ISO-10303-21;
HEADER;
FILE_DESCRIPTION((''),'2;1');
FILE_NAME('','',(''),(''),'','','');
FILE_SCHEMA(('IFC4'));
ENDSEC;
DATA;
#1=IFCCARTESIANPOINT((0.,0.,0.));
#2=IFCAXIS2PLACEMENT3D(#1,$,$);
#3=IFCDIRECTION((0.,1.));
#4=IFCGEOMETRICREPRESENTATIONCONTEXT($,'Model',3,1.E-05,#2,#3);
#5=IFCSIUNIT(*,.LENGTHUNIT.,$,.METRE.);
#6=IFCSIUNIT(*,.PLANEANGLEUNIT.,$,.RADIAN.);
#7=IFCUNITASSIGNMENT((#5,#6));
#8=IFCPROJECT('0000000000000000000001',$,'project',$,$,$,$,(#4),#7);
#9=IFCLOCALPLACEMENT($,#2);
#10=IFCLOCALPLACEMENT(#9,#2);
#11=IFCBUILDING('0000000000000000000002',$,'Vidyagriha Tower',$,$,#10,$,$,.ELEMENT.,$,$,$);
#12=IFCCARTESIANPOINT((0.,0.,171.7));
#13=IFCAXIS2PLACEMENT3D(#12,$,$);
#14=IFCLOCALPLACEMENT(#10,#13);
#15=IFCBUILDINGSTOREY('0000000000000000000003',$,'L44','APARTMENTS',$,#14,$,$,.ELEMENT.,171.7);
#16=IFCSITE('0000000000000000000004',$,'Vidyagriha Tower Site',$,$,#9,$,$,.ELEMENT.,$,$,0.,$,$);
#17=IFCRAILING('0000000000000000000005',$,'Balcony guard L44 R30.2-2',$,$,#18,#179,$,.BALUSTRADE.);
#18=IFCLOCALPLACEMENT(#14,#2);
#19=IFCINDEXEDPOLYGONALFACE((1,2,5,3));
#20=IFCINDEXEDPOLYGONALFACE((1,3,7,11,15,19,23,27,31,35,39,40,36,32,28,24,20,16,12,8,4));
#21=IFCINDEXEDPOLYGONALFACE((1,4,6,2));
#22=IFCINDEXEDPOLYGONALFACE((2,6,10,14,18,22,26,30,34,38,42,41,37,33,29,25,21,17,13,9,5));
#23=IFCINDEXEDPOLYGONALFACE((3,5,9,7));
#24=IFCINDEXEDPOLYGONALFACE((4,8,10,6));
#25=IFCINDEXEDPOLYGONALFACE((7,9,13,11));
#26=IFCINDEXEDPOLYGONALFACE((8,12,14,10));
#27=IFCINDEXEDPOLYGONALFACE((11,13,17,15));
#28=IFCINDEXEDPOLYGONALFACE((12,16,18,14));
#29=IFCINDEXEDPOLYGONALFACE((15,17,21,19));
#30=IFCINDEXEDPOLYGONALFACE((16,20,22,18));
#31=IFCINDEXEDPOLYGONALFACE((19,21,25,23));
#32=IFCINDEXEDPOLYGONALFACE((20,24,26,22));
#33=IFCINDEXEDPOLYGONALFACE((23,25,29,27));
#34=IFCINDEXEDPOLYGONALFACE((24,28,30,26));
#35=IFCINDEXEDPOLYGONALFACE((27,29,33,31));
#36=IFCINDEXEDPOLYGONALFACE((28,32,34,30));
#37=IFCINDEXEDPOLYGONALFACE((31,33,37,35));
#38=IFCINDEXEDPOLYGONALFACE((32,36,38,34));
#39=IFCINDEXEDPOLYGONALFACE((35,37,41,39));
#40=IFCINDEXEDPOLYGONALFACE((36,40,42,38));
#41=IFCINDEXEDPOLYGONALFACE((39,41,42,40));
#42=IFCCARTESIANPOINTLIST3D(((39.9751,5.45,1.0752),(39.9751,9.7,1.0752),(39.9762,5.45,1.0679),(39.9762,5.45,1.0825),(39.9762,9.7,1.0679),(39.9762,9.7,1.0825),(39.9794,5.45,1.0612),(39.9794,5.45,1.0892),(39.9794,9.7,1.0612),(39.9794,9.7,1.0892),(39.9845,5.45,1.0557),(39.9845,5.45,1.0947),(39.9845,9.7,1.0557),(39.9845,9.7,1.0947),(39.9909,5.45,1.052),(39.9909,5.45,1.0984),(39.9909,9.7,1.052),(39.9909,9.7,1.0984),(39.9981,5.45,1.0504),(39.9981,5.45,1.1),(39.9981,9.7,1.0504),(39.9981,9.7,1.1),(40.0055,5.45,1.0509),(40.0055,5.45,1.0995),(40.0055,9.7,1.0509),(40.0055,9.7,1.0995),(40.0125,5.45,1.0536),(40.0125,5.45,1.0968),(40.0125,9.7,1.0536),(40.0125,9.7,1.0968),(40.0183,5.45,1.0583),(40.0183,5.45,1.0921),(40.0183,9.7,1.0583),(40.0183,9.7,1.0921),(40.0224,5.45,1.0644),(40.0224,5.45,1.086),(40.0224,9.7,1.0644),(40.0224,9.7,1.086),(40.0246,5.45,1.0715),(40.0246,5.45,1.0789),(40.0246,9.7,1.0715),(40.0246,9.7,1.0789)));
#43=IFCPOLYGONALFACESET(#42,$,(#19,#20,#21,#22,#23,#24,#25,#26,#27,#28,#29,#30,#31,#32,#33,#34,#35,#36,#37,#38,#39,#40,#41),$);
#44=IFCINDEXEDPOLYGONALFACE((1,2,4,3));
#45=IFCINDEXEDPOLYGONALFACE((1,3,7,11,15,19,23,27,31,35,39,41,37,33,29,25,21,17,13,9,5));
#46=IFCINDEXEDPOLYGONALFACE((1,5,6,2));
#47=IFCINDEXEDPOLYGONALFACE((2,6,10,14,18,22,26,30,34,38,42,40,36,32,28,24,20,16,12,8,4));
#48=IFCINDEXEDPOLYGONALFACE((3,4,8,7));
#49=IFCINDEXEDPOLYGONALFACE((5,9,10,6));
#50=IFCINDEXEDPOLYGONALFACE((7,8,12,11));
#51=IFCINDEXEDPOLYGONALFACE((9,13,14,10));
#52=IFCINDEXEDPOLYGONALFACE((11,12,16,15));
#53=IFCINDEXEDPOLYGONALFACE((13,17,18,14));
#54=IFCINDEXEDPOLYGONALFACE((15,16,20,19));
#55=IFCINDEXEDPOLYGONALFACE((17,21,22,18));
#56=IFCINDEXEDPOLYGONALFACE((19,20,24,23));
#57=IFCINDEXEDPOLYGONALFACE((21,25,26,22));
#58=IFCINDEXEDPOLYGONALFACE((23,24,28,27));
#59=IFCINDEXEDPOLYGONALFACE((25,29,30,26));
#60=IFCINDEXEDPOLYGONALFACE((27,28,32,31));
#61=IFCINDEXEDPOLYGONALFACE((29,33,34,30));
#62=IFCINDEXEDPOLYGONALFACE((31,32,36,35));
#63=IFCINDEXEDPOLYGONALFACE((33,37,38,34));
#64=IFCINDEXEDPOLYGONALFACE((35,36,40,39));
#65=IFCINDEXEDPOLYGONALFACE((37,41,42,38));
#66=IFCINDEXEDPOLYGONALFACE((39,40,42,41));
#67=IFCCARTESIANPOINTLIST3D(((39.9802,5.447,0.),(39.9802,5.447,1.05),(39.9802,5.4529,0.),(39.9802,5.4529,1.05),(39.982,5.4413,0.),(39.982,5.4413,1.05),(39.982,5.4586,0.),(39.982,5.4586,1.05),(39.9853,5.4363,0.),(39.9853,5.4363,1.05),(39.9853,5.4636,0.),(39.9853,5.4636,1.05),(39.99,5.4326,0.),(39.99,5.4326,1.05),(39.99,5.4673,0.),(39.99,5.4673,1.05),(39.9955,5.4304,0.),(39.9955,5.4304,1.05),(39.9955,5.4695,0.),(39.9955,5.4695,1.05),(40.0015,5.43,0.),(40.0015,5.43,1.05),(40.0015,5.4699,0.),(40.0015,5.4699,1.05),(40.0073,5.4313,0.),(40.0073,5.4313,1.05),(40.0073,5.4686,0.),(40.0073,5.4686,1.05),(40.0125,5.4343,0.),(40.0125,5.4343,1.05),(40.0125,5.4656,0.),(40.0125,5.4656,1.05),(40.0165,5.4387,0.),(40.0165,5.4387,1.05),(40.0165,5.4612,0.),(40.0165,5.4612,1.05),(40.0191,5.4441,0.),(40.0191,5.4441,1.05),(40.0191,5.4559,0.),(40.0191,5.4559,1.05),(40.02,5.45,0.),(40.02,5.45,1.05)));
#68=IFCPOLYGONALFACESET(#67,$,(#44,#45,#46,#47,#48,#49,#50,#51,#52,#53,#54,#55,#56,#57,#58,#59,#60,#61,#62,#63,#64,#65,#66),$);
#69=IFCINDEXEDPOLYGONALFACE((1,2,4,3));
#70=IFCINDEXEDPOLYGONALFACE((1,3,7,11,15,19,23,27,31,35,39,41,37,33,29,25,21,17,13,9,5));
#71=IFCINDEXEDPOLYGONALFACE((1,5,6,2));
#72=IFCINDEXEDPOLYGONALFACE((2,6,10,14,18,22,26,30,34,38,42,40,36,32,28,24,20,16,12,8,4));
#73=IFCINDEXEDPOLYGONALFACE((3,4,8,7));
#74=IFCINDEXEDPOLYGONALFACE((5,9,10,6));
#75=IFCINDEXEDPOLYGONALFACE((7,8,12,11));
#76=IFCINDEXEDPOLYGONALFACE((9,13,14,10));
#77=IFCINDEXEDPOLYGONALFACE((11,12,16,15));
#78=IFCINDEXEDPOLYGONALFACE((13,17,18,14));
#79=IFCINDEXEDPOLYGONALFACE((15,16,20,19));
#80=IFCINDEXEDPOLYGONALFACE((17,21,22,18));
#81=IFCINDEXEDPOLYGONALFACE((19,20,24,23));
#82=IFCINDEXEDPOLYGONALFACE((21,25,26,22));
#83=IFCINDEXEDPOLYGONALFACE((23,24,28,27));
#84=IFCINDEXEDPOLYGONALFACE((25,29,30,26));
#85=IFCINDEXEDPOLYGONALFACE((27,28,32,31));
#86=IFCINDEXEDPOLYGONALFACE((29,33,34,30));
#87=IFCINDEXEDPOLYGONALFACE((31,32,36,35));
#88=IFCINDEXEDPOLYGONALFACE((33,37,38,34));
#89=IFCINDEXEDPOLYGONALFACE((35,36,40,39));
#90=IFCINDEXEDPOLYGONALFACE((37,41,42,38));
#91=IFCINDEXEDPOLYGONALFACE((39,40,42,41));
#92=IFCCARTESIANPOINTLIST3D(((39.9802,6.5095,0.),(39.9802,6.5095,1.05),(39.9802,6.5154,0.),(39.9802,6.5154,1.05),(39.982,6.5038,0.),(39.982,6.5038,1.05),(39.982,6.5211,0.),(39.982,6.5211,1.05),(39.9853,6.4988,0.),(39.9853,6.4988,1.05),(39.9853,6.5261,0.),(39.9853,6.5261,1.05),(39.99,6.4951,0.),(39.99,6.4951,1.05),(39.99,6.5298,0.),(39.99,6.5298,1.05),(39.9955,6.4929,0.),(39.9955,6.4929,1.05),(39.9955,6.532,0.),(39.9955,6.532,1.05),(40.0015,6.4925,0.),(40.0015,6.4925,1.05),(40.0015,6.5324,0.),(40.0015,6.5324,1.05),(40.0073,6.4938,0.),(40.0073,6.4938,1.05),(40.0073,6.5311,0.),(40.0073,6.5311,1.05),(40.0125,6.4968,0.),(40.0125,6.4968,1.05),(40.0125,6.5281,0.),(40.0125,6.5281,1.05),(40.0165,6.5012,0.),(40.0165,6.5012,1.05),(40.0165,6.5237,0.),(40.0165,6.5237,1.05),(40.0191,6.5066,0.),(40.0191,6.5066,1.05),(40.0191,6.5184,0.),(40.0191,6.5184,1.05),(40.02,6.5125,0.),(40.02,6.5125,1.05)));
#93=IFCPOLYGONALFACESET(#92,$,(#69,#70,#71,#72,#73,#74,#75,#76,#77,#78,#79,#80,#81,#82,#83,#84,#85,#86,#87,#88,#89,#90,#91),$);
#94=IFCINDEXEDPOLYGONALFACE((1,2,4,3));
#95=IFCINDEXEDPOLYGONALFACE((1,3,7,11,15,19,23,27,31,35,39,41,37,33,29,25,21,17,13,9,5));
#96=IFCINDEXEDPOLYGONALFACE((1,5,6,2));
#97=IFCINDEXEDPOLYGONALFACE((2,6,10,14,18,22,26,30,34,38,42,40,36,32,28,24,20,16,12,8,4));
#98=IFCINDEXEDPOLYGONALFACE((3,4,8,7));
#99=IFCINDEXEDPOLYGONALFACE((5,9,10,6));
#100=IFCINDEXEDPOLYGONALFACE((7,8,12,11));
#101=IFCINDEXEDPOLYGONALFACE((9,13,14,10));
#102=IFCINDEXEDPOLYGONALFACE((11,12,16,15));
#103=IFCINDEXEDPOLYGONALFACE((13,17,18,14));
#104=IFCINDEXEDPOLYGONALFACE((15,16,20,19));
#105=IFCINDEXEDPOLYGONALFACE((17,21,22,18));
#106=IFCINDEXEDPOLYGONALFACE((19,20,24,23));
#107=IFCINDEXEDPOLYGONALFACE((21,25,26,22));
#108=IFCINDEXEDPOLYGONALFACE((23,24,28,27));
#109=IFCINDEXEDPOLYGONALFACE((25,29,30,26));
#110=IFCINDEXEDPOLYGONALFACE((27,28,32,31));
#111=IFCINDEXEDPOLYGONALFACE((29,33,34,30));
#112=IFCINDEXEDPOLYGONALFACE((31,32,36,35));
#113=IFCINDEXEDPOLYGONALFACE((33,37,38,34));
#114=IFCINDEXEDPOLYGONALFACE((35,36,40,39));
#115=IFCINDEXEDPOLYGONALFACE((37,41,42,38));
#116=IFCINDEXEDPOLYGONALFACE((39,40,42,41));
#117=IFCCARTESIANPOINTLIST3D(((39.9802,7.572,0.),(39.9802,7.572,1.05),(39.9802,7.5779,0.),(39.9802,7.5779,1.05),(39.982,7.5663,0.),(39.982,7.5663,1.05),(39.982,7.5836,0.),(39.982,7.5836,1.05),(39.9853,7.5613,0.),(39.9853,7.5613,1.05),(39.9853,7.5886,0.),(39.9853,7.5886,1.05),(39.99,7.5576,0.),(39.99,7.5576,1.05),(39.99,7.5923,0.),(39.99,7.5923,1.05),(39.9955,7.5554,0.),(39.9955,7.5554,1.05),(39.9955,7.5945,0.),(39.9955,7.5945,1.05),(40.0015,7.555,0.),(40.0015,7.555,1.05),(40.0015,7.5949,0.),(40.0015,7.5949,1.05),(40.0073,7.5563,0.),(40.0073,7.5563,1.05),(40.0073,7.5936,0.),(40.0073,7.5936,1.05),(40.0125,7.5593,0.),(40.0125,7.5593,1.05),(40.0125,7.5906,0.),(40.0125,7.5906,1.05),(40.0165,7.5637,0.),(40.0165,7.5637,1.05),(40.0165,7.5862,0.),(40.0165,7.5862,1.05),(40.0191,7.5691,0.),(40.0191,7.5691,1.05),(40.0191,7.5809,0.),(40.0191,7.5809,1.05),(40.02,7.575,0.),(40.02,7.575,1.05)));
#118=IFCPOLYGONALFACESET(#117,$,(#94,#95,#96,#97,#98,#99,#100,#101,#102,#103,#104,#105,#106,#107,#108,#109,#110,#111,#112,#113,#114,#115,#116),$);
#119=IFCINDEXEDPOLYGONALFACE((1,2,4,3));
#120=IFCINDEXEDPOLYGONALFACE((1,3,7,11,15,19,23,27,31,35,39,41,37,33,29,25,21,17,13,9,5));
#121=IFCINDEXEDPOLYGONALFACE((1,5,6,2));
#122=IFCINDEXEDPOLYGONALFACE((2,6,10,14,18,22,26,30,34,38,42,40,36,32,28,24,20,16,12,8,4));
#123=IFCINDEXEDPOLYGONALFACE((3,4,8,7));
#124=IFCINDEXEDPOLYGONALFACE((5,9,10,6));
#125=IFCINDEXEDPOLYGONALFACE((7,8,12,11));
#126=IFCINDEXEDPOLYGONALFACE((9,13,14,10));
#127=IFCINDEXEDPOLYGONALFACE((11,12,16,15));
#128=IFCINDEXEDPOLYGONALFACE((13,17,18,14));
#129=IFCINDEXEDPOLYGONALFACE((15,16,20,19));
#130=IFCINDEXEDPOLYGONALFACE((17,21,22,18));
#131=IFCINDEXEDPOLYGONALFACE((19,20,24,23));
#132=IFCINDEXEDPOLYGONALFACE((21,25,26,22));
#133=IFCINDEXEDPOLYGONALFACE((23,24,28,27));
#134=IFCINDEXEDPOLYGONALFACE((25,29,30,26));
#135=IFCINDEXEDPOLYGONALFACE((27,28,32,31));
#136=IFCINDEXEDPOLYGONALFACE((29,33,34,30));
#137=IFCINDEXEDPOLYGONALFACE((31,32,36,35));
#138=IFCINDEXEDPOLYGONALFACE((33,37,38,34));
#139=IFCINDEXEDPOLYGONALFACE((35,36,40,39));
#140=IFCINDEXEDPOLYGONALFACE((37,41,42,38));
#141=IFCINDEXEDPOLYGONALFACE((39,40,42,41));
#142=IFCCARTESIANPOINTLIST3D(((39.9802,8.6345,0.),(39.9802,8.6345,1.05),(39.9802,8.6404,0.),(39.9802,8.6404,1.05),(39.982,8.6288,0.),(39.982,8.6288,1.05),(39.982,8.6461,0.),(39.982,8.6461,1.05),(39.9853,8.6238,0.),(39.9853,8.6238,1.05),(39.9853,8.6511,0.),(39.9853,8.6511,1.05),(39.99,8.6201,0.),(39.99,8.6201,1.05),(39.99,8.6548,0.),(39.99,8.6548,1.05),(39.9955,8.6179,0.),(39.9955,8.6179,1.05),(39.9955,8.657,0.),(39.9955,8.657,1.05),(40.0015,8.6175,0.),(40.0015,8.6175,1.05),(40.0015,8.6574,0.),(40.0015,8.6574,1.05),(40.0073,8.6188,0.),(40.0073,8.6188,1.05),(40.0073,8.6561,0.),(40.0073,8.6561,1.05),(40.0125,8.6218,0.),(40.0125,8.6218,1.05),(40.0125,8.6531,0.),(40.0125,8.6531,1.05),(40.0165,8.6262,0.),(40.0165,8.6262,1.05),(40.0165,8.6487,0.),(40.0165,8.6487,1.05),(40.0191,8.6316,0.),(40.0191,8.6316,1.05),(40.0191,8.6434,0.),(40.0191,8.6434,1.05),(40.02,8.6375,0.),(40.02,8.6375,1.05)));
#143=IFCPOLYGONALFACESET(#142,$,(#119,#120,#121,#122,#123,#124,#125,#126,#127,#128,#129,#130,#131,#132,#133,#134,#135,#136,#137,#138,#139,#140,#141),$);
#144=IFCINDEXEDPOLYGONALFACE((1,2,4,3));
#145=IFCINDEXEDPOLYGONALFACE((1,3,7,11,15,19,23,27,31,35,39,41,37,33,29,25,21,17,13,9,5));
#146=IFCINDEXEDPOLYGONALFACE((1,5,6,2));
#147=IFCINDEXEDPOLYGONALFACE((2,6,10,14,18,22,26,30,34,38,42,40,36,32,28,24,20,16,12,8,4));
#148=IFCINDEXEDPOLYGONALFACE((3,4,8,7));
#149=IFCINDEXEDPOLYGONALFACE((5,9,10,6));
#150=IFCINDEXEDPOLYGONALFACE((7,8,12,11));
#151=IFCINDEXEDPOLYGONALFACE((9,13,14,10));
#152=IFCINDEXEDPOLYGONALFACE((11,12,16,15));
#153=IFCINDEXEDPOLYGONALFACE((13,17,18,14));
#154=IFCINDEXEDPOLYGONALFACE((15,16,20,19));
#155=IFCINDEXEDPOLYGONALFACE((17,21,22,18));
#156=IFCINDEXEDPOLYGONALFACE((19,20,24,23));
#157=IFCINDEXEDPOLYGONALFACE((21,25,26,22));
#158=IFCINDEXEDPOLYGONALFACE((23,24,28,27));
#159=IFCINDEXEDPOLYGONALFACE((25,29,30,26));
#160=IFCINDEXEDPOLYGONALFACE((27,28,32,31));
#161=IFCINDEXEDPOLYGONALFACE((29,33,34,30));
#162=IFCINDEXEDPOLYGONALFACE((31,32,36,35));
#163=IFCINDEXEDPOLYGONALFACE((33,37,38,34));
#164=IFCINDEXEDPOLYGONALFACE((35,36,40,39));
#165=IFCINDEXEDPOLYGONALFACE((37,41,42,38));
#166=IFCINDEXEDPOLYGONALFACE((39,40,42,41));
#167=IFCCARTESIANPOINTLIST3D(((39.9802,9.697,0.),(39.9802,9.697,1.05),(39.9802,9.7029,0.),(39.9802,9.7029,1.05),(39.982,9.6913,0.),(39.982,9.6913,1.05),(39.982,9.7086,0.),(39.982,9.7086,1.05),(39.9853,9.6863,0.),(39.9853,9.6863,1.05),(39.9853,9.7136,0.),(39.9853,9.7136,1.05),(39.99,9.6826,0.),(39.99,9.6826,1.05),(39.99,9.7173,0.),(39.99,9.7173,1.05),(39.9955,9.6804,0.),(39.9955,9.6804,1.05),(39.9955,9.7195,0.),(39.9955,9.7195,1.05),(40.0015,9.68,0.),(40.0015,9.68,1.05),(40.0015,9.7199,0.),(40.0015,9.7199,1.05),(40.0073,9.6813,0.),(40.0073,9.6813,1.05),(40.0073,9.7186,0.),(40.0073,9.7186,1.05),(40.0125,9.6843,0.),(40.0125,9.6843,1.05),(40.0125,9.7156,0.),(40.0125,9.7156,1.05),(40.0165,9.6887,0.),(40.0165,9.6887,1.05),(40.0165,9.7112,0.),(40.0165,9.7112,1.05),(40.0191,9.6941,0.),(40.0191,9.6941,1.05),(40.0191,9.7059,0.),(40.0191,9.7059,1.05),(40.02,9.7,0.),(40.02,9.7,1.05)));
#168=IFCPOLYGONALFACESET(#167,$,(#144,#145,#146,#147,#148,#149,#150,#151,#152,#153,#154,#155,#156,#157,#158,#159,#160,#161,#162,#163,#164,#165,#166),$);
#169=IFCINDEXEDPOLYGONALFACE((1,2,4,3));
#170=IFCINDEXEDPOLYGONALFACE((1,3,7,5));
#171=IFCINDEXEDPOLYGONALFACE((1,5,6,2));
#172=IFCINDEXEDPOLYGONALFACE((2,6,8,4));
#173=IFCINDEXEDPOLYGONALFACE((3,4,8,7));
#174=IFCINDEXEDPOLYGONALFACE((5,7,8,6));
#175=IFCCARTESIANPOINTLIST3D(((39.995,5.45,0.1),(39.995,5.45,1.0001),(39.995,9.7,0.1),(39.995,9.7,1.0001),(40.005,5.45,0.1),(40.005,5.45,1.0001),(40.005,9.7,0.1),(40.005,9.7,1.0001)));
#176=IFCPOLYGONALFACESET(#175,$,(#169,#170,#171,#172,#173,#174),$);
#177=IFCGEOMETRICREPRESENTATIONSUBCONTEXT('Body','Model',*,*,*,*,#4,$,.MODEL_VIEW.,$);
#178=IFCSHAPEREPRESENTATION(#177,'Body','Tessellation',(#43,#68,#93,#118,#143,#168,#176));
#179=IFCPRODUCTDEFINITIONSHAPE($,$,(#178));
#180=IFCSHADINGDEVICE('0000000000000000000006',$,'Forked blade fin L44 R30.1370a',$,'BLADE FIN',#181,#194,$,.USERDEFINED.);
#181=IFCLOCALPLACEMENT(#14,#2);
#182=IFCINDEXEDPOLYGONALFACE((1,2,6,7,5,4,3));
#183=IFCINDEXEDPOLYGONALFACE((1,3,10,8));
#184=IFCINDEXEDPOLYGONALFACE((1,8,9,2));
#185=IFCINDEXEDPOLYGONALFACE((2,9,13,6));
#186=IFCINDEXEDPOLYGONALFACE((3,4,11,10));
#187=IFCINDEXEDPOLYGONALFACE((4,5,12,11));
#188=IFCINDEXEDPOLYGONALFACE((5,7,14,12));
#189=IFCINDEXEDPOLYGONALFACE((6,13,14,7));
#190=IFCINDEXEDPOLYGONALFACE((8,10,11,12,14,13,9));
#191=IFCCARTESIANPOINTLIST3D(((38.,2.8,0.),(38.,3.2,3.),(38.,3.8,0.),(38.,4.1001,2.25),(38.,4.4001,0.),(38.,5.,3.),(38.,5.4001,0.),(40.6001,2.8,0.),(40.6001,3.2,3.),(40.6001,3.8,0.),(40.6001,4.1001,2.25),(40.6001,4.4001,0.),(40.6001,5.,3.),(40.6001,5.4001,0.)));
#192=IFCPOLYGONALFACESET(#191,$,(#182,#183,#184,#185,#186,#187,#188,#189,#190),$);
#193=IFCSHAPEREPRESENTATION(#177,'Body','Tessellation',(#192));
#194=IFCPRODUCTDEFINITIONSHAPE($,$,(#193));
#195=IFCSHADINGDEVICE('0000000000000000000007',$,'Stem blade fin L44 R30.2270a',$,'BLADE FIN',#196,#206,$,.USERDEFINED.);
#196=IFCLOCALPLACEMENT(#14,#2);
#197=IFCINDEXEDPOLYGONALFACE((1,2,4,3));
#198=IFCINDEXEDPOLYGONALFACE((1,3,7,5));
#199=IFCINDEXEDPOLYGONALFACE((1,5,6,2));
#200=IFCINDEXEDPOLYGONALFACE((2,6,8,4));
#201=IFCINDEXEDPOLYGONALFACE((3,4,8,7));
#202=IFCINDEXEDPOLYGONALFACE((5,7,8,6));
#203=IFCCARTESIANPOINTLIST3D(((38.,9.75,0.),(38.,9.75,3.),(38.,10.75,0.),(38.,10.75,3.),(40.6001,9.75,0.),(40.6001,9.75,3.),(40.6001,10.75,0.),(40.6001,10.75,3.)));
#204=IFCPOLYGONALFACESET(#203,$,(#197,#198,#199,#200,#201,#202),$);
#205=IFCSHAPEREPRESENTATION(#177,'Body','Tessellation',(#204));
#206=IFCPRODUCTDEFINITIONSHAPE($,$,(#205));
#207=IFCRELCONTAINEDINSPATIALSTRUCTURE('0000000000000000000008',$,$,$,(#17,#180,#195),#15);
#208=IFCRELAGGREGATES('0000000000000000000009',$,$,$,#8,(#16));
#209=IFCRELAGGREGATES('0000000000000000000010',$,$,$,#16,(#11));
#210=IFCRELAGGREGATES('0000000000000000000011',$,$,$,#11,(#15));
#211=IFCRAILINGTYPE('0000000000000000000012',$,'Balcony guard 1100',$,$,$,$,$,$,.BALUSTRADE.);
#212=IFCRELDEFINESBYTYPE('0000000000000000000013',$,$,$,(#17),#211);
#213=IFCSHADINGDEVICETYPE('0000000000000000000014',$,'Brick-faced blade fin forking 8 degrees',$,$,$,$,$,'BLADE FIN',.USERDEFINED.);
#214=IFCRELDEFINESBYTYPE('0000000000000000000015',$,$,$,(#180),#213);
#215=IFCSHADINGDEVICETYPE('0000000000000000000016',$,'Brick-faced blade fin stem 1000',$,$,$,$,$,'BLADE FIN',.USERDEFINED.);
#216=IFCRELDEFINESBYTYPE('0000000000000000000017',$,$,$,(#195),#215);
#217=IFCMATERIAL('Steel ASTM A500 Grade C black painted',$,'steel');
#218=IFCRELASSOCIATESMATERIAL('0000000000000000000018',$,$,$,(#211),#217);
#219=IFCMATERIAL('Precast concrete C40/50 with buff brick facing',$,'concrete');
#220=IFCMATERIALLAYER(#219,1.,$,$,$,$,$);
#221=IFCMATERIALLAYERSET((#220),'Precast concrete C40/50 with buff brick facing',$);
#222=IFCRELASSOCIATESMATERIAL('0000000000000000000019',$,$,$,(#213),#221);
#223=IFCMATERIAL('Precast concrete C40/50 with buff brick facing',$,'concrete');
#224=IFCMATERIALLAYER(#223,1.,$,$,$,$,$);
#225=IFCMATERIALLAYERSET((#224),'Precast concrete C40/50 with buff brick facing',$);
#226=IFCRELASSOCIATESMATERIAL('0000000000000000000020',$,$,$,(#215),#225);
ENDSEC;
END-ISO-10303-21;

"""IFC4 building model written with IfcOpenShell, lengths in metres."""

from ifc_helpers import new_model, si_unit, direction, frame, origin, origin_2d, place, context, subcontext, project, spatial, polyline, rectangle, circle, outline, extrude, material, layer, layer_set, type_object, element, save


model = new_model("IFC4")

# Units and contexts
model_context = context("Model", 3, precision=1e-05, world=origin(), true_north=direction((0.0, 1.0)))
body_context = subcontext(model_context, "Body", "Model", "MODEL_VIEW")
ifc_project = project(units=[si_unit("LENGTHUNIT", "METRE"), si_unit("PLANEANGLEUNIT", "RADIAN")], contexts=[model_context])

# Site, building, storey
site_placement = place(None, origin())
site = spatial("IfcSite", under=ifc_project, at=site_placement, Name="Vidyagriha Tower Site", CompositionType="ELEMENT", RefElevation=0.0)
building_placement = place(site_placement, origin())
building = spatial("IfcBuilding", under=site, at=building_placement, Name="Vidyagriha Tower", CompositionType="ELEMENT")
storey_placement = place(building_placement, frame((0.0, 0.0, 171.7)))
storey = spatial("IfcBuildingStorey", under=building, at=storey_placement, Name="L44", Description="APARTMENTS", CompositionType="ELEMENT", Elevation=171.7)

# Railing
ifc_material_1 = material(Name="Steel ASTM A500 Grade C black painted", Category="steel")
railing_type_1 = type_object("IfcRailingType", Name="Balcony guard 1100", PredefinedType="BALUSTRADE", material=ifc_material_1)
railing_1_placement = place(storey_placement, frame((40.0, 5.45, 0.0)))
element("IfcRailing", 1, at=railing_1_placement, inside=storey, type_object=railing_type_1, Name="Balcony guard L44 R30.2-2", PredefinedType="BALUSTRADE", context=body_context, shape_type="SweptSolid", body=[
    extrude(circle(Radius=0.0249, at=origin_2d()), frame((0.0, 0.0, 1.0752), z_axis=(0.0, 1.0, 0.0), x_axis=(-1.0, 0.0, 0.0)), (0.0, 0.0, 1.0), 4.25),
    extrude(circle(Radius=0.02, at=origin_2d()), origin(), (0.0, 0.0, 1.0), 1.05),
    extrude(circle(Radius=0.02, at=origin_2d()), frame((0.0, 1.0625, 0.0)), (0.0, 0.0, 1.0), 1.05),
    extrude(circle(Radius=0.02, at=origin_2d()), frame((0.0, 2.125, 0.0)), (0.0, 0.0, 1.0), 1.05),
    extrude(circle(Radius=0.02, at=origin_2d()), frame((0.0, 3.1875, 0.0)), (0.0, 0.0, 1.0), 1.05),
    extrude(circle(Radius=0.02, at=origin_2d()), frame((0.0, 4.25, 0.0)), (0.0, 0.0, 1.0), 1.05),
    extrude(rectangle(XDim=0.01, YDim=0.9001, at=origin_2d()), frame((0.0, 0.0, 0.55), z_axis=(0.0, 1.0, 0.0), x_axis=(-1.0, 0.0, 0.0)), (0.0, 0.0, 1.0), 4.25),
])

# Shading devices
ifc_material_2 = material(Name="Precast concrete C40/50 with buff brick facing", Category="concrete")
ifc_layer_1 = layer(ifc_material_2, 1.0)
ifc_layer_set_1 = layer_set([ifc_layer_1], Name="Precast concrete C40/50 with buff brick facing")
shading_device_type_1 = type_object("IfcShadingDeviceType", Name="Brick-faced blade fin forking 8 degrees", ElementType="BLADE FIN", PredefinedType="USERDEFINED", material=ifc_layer_set_1)
shading_device_1_placement = place(storey_placement, frame((39.3, 2.8, 0.0), z_axis=(0.0, 0.0, 1.0), x_axis=(0.0, 1.0, 0.0)))
element("IfcShadingDevice", 2, at=shading_device_1_placement, inside=storey, type_object=shading_device_type_1, Name="Forked blade fin L44 R30.1370a", ObjectType="BLADE FIN", PredefinedType="USERDEFINED", context=body_context, shape_type="SweptSolid", body=[
    extrude(outline(polyline([(1.0, 0.0), (1.3, 2.25), (1.6001, 0.0), (2.6001, 0.0), (2.2, 3.0), (0.3999, 3.0), (0.0, 0.0), (1.0, 0.0)])), frame((0.0, 1.3, 0.0), z_axis=(0.0, -1.0, 0.0), x_axis=(1.0, 0.0, 0.0)), (0.0, 0.0, 1.0), 2.6001),
])
ifc_material_3 = material(Name="Precast concrete C40/50 with buff brick facing", Category="concrete")
ifc_layer_2 = layer(ifc_material_3, 1.0)
ifc_layer_set_2 = layer_set([ifc_layer_2], Name="Precast concrete C40/50 with buff brick facing")
shading_device_type_2 = type_object("IfcShadingDeviceType", Name="Brick-faced blade fin stem 1000", ElementType="BLADE FIN", PredefinedType="USERDEFINED", material=ifc_layer_set_2)
shading_device_2_placement = place(storey_placement, frame((39.3, 9.75, 0.0), z_axis=(0.0, 0.0, 1.0), x_axis=(0.0, 1.0, 0.0)))
element("IfcShadingDevice", 3, at=shading_device_2_placement, inside=storey, type_object=shading_device_type_2, Name="Stem blade fin L44 R30.2270a", ObjectType="BLADE FIN", PredefinedType="USERDEFINED", context=body_context, shape_type="SweptSolid", body=[
    extrude(outline(polyline([(0.0, 0.0), (1.0, 0.0), (1.0, 3.0), (0.0, 3.0), (0.0, 0.0)])), frame((0.0, 1.3, 0.0), z_axis=(0.0, -1.0, 0.0), x_axis=(1.0, 0.0, 0.0)), (0.0, 0.0, 1.0), 2.6001),
])

save(model, "model.ifc")
